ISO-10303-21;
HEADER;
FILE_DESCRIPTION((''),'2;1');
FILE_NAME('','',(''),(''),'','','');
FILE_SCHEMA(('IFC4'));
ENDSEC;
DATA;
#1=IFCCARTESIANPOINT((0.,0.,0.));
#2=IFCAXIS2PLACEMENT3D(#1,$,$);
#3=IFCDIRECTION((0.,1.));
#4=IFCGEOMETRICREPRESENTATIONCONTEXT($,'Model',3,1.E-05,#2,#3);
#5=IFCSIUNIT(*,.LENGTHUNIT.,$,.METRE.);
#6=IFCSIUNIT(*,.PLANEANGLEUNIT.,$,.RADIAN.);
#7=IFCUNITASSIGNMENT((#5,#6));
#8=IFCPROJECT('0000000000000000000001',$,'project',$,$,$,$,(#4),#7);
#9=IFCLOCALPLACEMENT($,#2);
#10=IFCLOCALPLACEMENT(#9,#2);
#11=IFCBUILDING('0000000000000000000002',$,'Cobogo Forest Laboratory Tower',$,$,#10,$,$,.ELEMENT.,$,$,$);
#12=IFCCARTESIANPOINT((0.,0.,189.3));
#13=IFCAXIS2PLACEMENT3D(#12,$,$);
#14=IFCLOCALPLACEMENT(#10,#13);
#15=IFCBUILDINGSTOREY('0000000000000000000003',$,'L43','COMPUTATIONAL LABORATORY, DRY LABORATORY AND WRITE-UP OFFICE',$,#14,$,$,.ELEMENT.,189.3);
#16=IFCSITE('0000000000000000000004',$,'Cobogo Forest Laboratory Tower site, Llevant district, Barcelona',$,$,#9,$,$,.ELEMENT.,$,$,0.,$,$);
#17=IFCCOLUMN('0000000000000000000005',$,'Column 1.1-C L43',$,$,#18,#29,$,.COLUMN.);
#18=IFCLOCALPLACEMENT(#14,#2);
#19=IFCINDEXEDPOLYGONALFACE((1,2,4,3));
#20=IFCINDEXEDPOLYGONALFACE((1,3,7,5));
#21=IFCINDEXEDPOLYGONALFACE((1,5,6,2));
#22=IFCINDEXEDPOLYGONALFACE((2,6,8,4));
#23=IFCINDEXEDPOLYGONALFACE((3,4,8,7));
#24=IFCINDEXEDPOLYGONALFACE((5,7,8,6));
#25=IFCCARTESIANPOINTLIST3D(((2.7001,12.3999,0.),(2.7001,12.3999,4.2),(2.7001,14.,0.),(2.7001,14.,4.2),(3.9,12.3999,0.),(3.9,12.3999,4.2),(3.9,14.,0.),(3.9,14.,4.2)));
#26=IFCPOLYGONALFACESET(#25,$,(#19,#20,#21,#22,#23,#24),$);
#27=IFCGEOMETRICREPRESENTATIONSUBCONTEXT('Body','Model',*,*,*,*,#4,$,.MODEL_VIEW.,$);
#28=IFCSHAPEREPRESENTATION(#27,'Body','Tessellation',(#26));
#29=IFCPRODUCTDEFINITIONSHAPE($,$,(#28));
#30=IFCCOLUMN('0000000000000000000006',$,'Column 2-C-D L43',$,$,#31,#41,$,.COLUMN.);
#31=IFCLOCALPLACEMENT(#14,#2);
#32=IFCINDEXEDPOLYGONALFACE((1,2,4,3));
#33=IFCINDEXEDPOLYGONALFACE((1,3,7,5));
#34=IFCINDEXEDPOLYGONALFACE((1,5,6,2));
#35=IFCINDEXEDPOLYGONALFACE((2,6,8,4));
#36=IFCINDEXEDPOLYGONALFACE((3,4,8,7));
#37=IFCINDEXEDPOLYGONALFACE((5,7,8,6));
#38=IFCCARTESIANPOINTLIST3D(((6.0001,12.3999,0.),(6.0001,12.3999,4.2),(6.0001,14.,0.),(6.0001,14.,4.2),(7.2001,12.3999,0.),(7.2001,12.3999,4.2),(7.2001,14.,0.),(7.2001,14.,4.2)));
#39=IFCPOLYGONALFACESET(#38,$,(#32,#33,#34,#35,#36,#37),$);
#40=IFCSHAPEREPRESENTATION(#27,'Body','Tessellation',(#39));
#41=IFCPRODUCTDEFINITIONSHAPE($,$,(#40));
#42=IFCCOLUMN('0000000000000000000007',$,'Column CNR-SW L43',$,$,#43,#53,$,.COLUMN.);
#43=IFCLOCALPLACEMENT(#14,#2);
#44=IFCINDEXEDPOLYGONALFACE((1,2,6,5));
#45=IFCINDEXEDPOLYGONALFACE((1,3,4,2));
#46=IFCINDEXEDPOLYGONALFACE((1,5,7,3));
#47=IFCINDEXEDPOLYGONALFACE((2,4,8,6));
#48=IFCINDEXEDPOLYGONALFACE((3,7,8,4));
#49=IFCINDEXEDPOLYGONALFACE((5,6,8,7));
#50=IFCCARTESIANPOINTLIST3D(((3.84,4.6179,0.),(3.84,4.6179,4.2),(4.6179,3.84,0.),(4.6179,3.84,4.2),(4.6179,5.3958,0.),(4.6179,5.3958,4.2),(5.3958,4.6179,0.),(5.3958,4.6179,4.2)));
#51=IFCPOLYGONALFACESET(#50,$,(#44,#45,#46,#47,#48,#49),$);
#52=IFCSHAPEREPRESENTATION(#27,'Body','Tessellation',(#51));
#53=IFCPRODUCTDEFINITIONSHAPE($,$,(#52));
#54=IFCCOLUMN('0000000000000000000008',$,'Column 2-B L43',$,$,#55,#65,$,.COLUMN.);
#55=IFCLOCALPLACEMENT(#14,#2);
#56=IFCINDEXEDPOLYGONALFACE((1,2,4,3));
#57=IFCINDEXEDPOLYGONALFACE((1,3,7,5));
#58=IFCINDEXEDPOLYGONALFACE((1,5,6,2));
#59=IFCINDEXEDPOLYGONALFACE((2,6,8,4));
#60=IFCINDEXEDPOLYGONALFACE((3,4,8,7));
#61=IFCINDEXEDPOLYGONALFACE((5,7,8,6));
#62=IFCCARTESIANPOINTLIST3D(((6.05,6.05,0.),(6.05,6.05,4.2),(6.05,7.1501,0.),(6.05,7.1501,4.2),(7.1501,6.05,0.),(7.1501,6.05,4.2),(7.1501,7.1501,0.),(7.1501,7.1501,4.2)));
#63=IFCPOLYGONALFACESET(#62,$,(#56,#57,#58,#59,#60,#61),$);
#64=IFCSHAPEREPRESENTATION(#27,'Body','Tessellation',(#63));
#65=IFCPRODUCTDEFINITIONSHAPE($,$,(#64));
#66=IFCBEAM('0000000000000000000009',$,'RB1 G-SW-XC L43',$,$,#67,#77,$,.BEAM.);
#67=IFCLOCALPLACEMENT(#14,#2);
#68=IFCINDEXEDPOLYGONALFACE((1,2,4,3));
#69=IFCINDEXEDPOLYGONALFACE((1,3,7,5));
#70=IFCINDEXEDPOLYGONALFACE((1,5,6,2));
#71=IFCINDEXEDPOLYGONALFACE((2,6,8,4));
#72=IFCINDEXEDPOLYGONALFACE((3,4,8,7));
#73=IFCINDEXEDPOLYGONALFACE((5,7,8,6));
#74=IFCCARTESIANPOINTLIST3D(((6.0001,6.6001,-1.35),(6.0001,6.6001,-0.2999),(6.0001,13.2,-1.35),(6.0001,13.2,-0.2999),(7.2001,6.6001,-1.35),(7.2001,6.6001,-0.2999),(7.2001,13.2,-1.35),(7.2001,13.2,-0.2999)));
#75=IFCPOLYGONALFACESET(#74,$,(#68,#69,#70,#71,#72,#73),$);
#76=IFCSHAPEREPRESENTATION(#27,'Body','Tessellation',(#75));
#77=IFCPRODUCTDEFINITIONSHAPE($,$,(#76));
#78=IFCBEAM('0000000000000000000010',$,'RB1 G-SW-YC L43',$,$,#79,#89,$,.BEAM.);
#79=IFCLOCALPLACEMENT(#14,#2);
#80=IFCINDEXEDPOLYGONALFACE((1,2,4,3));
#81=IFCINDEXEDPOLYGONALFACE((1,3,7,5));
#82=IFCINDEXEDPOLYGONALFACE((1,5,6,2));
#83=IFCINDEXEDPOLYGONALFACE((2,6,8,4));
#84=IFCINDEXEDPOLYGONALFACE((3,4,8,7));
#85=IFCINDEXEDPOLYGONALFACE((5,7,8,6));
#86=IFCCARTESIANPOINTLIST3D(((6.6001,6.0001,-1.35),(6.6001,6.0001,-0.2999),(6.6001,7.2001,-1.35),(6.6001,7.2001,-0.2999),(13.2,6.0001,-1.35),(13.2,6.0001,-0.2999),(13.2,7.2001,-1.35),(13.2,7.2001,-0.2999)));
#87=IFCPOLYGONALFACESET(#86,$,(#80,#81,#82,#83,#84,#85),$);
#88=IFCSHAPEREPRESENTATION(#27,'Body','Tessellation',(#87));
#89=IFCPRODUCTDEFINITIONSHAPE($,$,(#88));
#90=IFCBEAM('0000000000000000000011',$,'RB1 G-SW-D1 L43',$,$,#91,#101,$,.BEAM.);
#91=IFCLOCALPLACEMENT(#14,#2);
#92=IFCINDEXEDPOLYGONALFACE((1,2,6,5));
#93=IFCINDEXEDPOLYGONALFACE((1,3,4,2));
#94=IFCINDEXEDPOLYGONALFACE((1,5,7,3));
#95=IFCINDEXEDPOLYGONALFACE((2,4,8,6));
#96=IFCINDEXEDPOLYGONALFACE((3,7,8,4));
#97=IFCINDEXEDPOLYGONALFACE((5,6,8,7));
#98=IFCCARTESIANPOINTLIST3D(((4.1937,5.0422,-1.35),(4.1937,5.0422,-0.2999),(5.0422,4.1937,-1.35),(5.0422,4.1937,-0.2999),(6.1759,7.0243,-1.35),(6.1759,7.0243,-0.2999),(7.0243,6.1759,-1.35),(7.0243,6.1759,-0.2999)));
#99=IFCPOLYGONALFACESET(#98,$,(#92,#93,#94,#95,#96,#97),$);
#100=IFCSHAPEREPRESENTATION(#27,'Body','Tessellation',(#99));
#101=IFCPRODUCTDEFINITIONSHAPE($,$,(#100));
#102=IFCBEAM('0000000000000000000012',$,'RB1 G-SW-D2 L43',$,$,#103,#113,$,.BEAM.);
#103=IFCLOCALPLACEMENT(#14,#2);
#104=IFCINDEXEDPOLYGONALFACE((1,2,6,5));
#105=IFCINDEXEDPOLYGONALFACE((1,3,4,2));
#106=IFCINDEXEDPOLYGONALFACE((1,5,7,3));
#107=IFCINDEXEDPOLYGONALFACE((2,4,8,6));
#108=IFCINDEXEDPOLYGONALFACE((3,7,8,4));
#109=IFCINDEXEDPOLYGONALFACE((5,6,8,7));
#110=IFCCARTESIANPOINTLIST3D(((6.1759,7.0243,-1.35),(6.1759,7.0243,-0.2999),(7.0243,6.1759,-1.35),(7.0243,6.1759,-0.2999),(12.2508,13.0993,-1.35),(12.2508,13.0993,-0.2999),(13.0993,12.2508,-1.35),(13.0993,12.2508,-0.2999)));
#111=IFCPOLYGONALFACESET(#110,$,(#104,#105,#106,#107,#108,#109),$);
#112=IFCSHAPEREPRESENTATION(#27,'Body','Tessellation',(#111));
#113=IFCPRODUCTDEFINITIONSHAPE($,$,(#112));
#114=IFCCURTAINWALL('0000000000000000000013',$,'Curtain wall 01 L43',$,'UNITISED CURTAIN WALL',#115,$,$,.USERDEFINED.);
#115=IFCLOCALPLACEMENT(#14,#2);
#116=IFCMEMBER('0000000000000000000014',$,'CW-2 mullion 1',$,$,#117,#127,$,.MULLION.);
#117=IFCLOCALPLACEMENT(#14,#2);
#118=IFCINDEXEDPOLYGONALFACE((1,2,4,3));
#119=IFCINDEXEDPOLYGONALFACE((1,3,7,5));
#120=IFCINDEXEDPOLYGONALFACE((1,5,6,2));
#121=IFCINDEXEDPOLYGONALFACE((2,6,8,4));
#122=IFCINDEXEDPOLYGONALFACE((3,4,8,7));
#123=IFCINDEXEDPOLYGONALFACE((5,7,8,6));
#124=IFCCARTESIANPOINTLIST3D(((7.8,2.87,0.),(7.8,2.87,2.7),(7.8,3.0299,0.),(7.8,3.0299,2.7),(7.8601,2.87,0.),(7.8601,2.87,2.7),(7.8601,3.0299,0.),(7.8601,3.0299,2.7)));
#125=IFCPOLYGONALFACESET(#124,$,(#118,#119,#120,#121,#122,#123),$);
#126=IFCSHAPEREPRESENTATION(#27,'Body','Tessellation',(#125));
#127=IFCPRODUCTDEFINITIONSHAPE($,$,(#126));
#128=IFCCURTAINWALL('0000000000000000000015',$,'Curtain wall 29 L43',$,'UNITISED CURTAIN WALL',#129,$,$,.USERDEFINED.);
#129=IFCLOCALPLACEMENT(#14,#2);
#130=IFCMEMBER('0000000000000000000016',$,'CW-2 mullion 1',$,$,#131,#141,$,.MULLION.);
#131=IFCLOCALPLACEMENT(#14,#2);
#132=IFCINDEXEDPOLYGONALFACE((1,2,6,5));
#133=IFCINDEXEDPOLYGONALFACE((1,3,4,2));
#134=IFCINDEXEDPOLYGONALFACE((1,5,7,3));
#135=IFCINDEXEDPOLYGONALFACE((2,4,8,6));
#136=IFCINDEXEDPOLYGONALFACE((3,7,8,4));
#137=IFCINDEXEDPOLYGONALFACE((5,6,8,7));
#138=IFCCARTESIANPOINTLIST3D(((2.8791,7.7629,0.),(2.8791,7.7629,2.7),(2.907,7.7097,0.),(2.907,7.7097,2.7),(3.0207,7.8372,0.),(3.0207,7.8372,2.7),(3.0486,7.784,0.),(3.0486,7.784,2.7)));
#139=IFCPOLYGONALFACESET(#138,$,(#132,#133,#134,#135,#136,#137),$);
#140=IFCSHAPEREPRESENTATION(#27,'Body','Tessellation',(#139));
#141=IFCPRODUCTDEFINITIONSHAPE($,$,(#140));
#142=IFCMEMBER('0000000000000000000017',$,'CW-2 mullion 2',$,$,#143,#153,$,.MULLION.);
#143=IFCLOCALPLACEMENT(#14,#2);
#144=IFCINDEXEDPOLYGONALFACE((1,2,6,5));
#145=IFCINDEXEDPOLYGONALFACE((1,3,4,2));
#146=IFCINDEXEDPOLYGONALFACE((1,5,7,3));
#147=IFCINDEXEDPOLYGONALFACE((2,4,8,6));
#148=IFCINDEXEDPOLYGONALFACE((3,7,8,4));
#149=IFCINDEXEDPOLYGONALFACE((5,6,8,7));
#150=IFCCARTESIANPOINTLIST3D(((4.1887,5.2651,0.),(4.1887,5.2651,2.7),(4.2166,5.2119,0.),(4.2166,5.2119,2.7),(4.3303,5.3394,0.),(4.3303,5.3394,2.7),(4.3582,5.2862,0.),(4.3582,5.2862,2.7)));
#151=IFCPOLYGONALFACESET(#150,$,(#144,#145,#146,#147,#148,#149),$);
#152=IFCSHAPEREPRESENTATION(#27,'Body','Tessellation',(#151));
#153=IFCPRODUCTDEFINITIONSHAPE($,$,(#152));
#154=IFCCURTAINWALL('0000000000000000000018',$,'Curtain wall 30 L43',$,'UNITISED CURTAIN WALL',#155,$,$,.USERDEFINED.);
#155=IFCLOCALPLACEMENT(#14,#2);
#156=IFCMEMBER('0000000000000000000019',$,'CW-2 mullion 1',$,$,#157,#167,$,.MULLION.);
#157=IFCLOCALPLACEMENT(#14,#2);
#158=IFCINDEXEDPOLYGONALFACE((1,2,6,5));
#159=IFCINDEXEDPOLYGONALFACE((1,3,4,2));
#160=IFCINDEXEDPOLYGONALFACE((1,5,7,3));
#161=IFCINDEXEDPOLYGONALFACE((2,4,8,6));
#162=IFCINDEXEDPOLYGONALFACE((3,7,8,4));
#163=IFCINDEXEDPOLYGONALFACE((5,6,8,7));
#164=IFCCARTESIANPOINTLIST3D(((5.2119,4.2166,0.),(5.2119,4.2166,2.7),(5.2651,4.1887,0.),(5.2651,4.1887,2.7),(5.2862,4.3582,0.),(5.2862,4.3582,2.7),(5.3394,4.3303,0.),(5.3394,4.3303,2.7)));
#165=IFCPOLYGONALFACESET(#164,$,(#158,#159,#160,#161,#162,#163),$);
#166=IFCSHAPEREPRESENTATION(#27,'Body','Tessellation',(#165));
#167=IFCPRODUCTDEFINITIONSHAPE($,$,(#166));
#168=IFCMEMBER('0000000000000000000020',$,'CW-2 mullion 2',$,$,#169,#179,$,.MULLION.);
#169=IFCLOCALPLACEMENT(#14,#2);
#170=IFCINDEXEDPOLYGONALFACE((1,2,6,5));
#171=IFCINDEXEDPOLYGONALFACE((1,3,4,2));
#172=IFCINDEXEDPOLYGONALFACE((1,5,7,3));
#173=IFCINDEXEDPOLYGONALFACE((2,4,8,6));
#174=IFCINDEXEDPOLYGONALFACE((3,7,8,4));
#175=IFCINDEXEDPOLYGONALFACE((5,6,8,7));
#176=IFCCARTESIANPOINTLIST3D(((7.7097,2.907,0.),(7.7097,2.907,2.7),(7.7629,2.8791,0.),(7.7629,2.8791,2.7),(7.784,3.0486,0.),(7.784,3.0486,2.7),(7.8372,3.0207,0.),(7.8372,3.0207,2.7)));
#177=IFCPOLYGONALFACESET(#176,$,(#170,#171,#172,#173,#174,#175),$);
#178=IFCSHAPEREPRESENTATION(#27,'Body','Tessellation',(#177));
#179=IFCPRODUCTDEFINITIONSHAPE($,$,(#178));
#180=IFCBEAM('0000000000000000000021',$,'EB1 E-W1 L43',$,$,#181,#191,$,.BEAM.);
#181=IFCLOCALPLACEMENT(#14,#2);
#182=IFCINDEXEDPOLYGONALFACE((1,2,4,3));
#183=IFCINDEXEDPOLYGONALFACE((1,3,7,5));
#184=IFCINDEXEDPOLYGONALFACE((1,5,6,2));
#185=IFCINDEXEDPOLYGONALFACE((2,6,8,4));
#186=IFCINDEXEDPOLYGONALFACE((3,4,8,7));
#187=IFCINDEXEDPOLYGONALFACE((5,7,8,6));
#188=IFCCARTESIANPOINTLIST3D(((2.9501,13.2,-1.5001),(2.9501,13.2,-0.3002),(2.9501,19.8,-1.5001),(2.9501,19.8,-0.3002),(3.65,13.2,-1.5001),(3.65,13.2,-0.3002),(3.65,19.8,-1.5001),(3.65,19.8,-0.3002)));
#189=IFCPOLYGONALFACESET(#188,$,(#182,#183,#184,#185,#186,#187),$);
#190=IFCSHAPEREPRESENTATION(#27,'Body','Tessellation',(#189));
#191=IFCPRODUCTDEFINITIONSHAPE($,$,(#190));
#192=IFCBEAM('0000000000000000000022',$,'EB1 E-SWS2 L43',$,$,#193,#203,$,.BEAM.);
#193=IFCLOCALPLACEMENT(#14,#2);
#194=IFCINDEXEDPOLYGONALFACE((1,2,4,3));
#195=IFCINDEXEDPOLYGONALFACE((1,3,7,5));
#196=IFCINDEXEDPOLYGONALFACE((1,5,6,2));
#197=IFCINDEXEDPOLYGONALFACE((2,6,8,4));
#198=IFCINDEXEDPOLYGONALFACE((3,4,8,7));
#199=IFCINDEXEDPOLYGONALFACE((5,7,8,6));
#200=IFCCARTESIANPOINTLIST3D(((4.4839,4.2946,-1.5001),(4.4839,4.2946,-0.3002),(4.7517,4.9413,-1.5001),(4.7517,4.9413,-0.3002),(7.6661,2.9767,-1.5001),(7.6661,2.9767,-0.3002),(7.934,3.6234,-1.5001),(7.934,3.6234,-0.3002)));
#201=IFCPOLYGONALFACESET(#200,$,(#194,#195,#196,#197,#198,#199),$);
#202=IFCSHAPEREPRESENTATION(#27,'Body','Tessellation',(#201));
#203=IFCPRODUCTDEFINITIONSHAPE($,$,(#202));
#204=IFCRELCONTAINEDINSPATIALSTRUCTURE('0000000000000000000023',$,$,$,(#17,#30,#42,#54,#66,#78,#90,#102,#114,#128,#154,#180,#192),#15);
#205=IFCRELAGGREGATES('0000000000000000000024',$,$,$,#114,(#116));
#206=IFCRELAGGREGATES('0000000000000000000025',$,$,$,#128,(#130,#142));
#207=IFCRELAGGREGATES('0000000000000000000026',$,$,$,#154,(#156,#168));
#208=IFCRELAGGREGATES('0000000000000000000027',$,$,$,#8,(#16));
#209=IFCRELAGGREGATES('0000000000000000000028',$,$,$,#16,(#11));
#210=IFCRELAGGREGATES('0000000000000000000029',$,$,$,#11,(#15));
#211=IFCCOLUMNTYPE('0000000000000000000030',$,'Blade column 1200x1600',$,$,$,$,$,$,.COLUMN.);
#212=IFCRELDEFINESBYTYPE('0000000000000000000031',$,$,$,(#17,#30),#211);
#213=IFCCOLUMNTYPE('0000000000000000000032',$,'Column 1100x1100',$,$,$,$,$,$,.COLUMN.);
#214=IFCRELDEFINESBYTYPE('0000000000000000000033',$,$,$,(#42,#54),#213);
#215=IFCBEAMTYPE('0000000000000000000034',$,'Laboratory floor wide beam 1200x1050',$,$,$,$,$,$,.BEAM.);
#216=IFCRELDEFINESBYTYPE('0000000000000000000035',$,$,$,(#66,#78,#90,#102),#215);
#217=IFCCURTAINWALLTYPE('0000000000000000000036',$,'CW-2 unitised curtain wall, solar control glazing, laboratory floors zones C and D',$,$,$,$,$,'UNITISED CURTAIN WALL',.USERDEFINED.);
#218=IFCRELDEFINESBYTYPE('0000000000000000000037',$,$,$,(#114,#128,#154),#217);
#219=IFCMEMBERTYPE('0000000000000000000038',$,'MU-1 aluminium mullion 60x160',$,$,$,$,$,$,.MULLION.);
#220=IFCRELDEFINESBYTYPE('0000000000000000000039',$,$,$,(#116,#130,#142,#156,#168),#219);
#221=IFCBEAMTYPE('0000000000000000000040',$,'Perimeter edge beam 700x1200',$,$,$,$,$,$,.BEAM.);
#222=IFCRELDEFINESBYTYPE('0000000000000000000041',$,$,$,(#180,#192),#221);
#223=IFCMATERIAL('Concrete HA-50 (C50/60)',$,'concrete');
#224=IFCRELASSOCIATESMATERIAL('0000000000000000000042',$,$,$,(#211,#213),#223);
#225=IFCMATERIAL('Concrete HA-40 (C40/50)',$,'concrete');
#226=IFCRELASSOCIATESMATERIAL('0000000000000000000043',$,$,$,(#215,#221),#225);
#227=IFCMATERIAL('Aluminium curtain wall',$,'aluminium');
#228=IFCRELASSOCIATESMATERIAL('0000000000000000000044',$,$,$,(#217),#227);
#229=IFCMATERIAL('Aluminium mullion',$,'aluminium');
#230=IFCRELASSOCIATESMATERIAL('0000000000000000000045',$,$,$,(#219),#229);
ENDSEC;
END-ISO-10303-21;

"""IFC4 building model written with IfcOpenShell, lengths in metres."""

from ifc_helpers import new_model, si_unit, direction, frame, origin, origin_2d, place, context, subcontext, project, spatial, rectangle, extrude, material, material_profile, profile_set, type_object, element, aggregate, save


model = new_model("IFC4")

# Units and contexts
model_context = context("Model", 3, precision=1e-05, world=origin(), true_north=direction((0.0, 1.0)))
body_context = subcontext(model_context, "Body", "Model", "MODEL_VIEW")
ifc_project = project(units=[si_unit("LENGTHUNIT", "METRE"), si_unit("PLANEANGLEUNIT", "RADIAN")], contexts=[model_context])

# Site, building, storey
site_placement = place(None, origin())
site = spatial("IfcSite", under=ifc_project, at=site_placement, Name="Cobogo Forest Laboratory Tower site, Llevant district, Barcelona", CompositionType="ELEMENT", RefElevation=0.0)
building_placement = place(site_placement, origin())
building = spatial("IfcBuilding", under=site, at=building_placement, Name="Cobogo Forest Laboratory Tower", CompositionType="ELEMENT")
storey_placement = place(building_placement, frame((0.0, 0.0, 189.3)))
storey = spatial("IfcBuildingStorey", under=building, at=storey_placement, Name="L43", Description="COMPUTATIONAL LABORATORY, DRY LABORATORY AND WRITE-UP OFFICE", CompositionType="ELEMENT", Elevation=189.3)

# Columns
ifc_material_1 = material(Name="Concrete HA-50 (C50/60)", Category="concrete")
ifc_material_profile_1 = material_profile(ifc_material_1, rectangle(XDim=1.6001, YDim=1.2, at=origin_2d()), Name="RC 1200x1600")
ifc_profile_set_1 = profile_set([ifc_material_profile_1], Name="Concrete HA-50 (C50/60)")
column_type_1 = type_object("IfcColumnType", Name="Blade column 1200x1600", PredefinedType="COLUMN", material=ifc_profile_set_1)
for number, where, z_axis, x_axis, name in (
    (1, (3.3, 13.2, 0.0), (0.0, 0.0, 1.0), (0.0, 1.0, 0.0), "Column 1.1-C L43"),
    (2, (6.6001, 13.2, 0.0), (0.0, 0.0, 1.0), (0.0, 1.0, 0.0), "Column 2-C-D L43"),
):
    element("IfcColumn", number, at=place(storey_placement, frame(where, z_axis=z_axis, x_axis=x_axis)), inside=storey, type_object=column_type_1, Name=name, PredefinedType="COLUMN", context=body_context, shape_type="SweptSolid", body=[
        extrude(rectangle(XDim=1.6001, YDim=1.2, at=origin_2d()), origin(), (0.0, 0.0, 1.0), 4.2),
    ])
ifc_material_profile_2 = material_profile(ifc_material_1, rectangle(XDim=1.1001, YDim=1.1001, at=origin_2d()), Name="RC 1100x1100")
ifc_profile_set_2 = profile_set([ifc_material_profile_2], Name="Concrete HA-50 (C50/60)")
column_type_2 = type_object("IfcColumnType", Name="Column 1100x1100", PredefinedType="COLUMN", material=ifc_profile_set_2)
for number, where, z_axis, x_axis, name in (
    (3, (4.6179, 4.6179, 0.0), (0.0, 0.0, 1.0), (0.707107, 0.707107, 0.0), "Column CNR-SW L43"),
    (4, (6.6001, 6.6001, 0.0), (0.0, 0.0, 1.0), (1.0, 0.0, 0.0), "Column 2-B L43"),
):
    element("IfcColumn", number, at=place(storey_placement, frame(where, z_axis=z_axis, x_axis=x_axis)), inside=storey, type_object=column_type_2, Name=name, PredefinedType="COLUMN", context=body_context, shape_type="SweptSolid", body=[
        extrude(rectangle(XDim=1.1001, YDim=1.1001, at=origin_2d()), origin(), (0.0, 0.0, 1.0), 4.2),
    ])

# Beams
ifc_material_2 = material(Name="Concrete HA-40 (C40/50)", Category="concrete")
ifc_material_profile_3 = material_profile(ifc_material_2, rectangle(XDim=1.2, YDim=1.05, at=origin_2d()), Name="RC 1200x1050")
ifc_profile_set_3 = profile_set([ifc_material_profile_3], Name="Concrete HA-40 (C40/50)")
beam_type_1 = type_object("IfcBeamType", Name="Laboratory floor wide beam 1200x1050", PredefinedType="BEAM", material=ifc_profile_set_3)
for number, where, z_axis, x_axis, name in (
    (5, (6.6001, 6.6001, -0.825), (0.0, 1.0, 0.0), (-1.0, 0.0, 0.0), "RB1 G-SW-XC L43"),
    (6, (6.6001, 6.6001, -0.825), (1.0, 0.0, 0.0), (0.0, 1.0, 0.0), "RB1 G-SW-YC L43"),
):
    element("IfcBeam", number, at=place(storey_placement, frame(where, z_axis=z_axis, x_axis=x_axis)), inside=storey, type_object=beam_type_1, Name=name, PredefinedType="BEAM", context=body_context, shape_type="SweptSolid", body=[
        extrude(rectangle(XDim=1.2, YDim=1.05, at=origin_2d()), origin(), (0.0, 0.0, 1.0), 6.5999),
    ])
beam_1_placement = place(storey_placement, frame((4.6179, 4.6179, -0.825), z_axis=(0.707107, 0.707107, 0.0), x_axis=(-0.707107, 0.707107, 0.0)))
element("IfcBeam", 7, at=beam_1_placement, inside=storey, type_object=beam_type_1, Name="RB1 G-SW-D1 L43", PredefinedType="BEAM", context=body_context, shape_type="SweptSolid", body=[
    extrude(rectangle(XDim=1.2, YDim=1.05, at=origin_2d()), origin(), (0.0, 0.0, 1.0), 2.8032),
])
beam_2_placement = place(storey_placement, frame((6.6001, 6.6001, -0.825), z_axis=(0.707107, 0.707107, 0.0), x_axis=(-0.707107, 0.707107, 0.0)))
element("IfcBeam", 8, at=beam_2_placement, inside=storey, type_object=beam_type_1, Name="RB1 G-SW-D2 L43", PredefinedType="BEAM", context=body_context, shape_type="SweptSolid", body=[
    extrude(rectangle(XDim=1.2, YDim=1.05, at=origin_2d()), origin(), (0.0, 0.0, 1.0), 8.5913),
])

# Curtain wall, member
ifc_material_3 = material(Name="Aluminium curtain wall", Category="aluminium")
curtain_wall_type = type_object("IfcCurtainWallType", Name="CW-2 unitised curtain wall, solar control glazing, laboratory floors zones C and D", ElementType="UNITISED CURTAIN WALL", PredefinedType="USERDEFINED", material=ifc_material_3)
curtain_wall_1_placement = place(storey_placement, origin())
curtain_wall_1 = element("IfcCurtainWall", 9, at=curtain_wall_1_placement, inside=storey, type_object=curtain_wall_type, Name="Curtain wall 01 L43", ObjectType="UNITISED CURTAIN WALL", PredefinedType="USERDEFINED")
ifc_material_4 = material(Name="Aluminium mullion", Category="aluminium")
ifc_material_profile_4 = material_profile(ifc_material_4, rectangle(XDim=0.0601, YDim=0.1599, at=origin_2d()), Name="AL 60x160")
ifc_profile_set_4 = profile_set([ifc_material_profile_4], Name="Aluminium mullion")
member_type_1 = type_object("IfcMemberType", Name="MU-1 aluminium mullion 60x160", PredefinedType="MULLION", material=ifc_profile_set_4)
member_1_placement = place(storey_placement, frame((7.8301, 2.95, 0.0), z_axis=(0.0, 0.0, 1.0), x_axis=(1.0, 0.0, 0.0)))
member_1 = element("IfcMember", 10, at=member_1_placement, type_object=member_type_1, Name="CW-2 mullion 1", PredefinedType="MULLION", context=body_context, shape_type="SweptSolid", body=[
    extrude(rectangle(XDim=0.0601, YDim=0.1599, at=origin_2d()), origin(), (0.0, 0.0, 1.0), 2.7),
])

# Curtain walls, members
curtain_wall_2_placement = place(storey_placement, origin())
curtain_wall_2 = element("IfcCurtainWall", 11, at=curtain_wall_2_placement, inside=storey, type_object=curtain_wall_type, Name="Curtain wall 29 L43", ObjectType="UNITISED CURTAIN WALL", PredefinedType="USERDEFINED")
member_2_placement = place(storey_placement, frame((2.9639, 7.7734, 0.0), z_axis=(0.0, 0.0, 1.0), x_axis=(0.464284, -0.885686, 0.0)))
member_2 = element("IfcMember", 12, at=member_2_placement, type_object=member_type_1, Name="CW-2 mullion 1", PredefinedType="MULLION", context=body_context, shape_type="SweptSolid", body=[
    extrude(rectangle(XDim=0.0601, YDim=0.1599, at=origin_2d()), origin(), (0.0, 0.0, 1.0), 2.7),
])
member_3_placement = place(storey_placement, frame((4.2734, 5.2756, 0.0), z_axis=(0.0, 0.0, 1.0), x_axis=(0.464284, -0.885686, 0.0)))
member_3 = element("IfcMember", 13, at=member_3_placement, type_object=member_type_1, Name="CW-2 mullion 2", PredefinedType="MULLION", context=body_context, shape_type="SweptSolid", body=[
    extrude(rectangle(XDim=0.0601, YDim=0.1599, at=origin_2d()), origin(), (0.0, 0.0, 1.0), 2.7),
])
curtain_wall_3_placement = place(storey_placement, origin())
curtain_wall_3 = element("IfcCurtainWall", 14, at=curtain_wall_3_placement, inside=storey, type_object=curtain_wall_type, Name="Curtain wall 30 L43", ObjectType="UNITISED CURTAIN WALL", PredefinedType="USERDEFINED")
member_4_placement = place(storey_placement, frame((5.2756, 4.2734, 0.0), z_axis=(0.0, 0.0, 1.0), x_axis=(0.885686, -0.464284, 0.0)))
member_4 = element("IfcMember", 15, at=member_4_placement, type_object=member_type_1, Name="CW-2 mullion 1", PredefinedType="MULLION", context=body_context, shape_type="SweptSolid", body=[
    extrude(rectangle(XDim=0.0601, YDim=0.1599, at=origin_2d()), origin(), (0.0, 0.0, 1.0), 2.7),
])
member_5_placement = place(storey_placement, frame((7.7734, 2.9639, 0.0), z_axis=(0.0, 0.0, 1.0), x_axis=(0.885686, -0.464284, 0.0)))
member_5 = element("IfcMember", 16, at=member_5_placement, type_object=member_type_1, Name="CW-2 mullion 2", PredefinedType="MULLION", context=body_context, shape_type="SweptSolid", body=[
    extrude(rectangle(XDim=0.0601, YDim=0.1599, at=origin_2d()), origin(), (0.0, 0.0, 1.0), 2.7),
])

# Beams
ifc_material_profile_5 = material_profile(ifc_material_2, rectangle(XDim=0.7, YDim=1.2, at=origin_2d()), Name="RC 700x1200")
ifc_profile_set_5 = profile_set([ifc_material_profile_5], Name="Concrete HA-40 (C40/50)")
beam_type_2 = type_object("IfcBeamType", Name="Perimeter edge beam 700x1200", PredefinedType="BEAM", material=ifc_profile_set_5)
beam_3_placement = place(storey_placement, frame((3.3, 13.2, -0.9001), z_axis=(0.0, 1.0, 0.0), x_axis=(-1.0, 0.0, 0.0)))
element("IfcBeam", 17, at=beam_3_placement, inside=storey, type_object=beam_type_2, Name="EB1 E-W1 L43", PredefinedType="BEAM", context=body_context, shape_type="SweptSolid", body=[
    extrude(rectangle(XDim=0.7, YDim=1.2, at=origin_2d()), origin(), (0.0, 0.0, 1.0), 6.6001),
])
beam_4_placement = place(storey_placement, frame((7.8, 3.3, -0.9001), z_axis=(-0.923901, 0.382631, 0.0), x_axis=(-0.382631, -0.923901, 0.0)))
element("IfcBeam", 18, at=beam_4_placement, inside=storey, type_object=beam_type_2, Name="EB1 E-SWS2 L43", PredefinedType="BEAM", context=body_context, shape_type="SweptSolid", body=[
    extrude(rectangle(XDim=0.7, YDim=1.2, at=origin_2d()), origin(), (0.0, 0.0, 1.0), 3.4443),
])

aggregate(curtain_wall_1, [member_1])

aggregate(curtain_wall_2, [member_2, member_3])
aggregate(curtain_wall_3, [member_4, member_5])

save(model, "model.ifc")
